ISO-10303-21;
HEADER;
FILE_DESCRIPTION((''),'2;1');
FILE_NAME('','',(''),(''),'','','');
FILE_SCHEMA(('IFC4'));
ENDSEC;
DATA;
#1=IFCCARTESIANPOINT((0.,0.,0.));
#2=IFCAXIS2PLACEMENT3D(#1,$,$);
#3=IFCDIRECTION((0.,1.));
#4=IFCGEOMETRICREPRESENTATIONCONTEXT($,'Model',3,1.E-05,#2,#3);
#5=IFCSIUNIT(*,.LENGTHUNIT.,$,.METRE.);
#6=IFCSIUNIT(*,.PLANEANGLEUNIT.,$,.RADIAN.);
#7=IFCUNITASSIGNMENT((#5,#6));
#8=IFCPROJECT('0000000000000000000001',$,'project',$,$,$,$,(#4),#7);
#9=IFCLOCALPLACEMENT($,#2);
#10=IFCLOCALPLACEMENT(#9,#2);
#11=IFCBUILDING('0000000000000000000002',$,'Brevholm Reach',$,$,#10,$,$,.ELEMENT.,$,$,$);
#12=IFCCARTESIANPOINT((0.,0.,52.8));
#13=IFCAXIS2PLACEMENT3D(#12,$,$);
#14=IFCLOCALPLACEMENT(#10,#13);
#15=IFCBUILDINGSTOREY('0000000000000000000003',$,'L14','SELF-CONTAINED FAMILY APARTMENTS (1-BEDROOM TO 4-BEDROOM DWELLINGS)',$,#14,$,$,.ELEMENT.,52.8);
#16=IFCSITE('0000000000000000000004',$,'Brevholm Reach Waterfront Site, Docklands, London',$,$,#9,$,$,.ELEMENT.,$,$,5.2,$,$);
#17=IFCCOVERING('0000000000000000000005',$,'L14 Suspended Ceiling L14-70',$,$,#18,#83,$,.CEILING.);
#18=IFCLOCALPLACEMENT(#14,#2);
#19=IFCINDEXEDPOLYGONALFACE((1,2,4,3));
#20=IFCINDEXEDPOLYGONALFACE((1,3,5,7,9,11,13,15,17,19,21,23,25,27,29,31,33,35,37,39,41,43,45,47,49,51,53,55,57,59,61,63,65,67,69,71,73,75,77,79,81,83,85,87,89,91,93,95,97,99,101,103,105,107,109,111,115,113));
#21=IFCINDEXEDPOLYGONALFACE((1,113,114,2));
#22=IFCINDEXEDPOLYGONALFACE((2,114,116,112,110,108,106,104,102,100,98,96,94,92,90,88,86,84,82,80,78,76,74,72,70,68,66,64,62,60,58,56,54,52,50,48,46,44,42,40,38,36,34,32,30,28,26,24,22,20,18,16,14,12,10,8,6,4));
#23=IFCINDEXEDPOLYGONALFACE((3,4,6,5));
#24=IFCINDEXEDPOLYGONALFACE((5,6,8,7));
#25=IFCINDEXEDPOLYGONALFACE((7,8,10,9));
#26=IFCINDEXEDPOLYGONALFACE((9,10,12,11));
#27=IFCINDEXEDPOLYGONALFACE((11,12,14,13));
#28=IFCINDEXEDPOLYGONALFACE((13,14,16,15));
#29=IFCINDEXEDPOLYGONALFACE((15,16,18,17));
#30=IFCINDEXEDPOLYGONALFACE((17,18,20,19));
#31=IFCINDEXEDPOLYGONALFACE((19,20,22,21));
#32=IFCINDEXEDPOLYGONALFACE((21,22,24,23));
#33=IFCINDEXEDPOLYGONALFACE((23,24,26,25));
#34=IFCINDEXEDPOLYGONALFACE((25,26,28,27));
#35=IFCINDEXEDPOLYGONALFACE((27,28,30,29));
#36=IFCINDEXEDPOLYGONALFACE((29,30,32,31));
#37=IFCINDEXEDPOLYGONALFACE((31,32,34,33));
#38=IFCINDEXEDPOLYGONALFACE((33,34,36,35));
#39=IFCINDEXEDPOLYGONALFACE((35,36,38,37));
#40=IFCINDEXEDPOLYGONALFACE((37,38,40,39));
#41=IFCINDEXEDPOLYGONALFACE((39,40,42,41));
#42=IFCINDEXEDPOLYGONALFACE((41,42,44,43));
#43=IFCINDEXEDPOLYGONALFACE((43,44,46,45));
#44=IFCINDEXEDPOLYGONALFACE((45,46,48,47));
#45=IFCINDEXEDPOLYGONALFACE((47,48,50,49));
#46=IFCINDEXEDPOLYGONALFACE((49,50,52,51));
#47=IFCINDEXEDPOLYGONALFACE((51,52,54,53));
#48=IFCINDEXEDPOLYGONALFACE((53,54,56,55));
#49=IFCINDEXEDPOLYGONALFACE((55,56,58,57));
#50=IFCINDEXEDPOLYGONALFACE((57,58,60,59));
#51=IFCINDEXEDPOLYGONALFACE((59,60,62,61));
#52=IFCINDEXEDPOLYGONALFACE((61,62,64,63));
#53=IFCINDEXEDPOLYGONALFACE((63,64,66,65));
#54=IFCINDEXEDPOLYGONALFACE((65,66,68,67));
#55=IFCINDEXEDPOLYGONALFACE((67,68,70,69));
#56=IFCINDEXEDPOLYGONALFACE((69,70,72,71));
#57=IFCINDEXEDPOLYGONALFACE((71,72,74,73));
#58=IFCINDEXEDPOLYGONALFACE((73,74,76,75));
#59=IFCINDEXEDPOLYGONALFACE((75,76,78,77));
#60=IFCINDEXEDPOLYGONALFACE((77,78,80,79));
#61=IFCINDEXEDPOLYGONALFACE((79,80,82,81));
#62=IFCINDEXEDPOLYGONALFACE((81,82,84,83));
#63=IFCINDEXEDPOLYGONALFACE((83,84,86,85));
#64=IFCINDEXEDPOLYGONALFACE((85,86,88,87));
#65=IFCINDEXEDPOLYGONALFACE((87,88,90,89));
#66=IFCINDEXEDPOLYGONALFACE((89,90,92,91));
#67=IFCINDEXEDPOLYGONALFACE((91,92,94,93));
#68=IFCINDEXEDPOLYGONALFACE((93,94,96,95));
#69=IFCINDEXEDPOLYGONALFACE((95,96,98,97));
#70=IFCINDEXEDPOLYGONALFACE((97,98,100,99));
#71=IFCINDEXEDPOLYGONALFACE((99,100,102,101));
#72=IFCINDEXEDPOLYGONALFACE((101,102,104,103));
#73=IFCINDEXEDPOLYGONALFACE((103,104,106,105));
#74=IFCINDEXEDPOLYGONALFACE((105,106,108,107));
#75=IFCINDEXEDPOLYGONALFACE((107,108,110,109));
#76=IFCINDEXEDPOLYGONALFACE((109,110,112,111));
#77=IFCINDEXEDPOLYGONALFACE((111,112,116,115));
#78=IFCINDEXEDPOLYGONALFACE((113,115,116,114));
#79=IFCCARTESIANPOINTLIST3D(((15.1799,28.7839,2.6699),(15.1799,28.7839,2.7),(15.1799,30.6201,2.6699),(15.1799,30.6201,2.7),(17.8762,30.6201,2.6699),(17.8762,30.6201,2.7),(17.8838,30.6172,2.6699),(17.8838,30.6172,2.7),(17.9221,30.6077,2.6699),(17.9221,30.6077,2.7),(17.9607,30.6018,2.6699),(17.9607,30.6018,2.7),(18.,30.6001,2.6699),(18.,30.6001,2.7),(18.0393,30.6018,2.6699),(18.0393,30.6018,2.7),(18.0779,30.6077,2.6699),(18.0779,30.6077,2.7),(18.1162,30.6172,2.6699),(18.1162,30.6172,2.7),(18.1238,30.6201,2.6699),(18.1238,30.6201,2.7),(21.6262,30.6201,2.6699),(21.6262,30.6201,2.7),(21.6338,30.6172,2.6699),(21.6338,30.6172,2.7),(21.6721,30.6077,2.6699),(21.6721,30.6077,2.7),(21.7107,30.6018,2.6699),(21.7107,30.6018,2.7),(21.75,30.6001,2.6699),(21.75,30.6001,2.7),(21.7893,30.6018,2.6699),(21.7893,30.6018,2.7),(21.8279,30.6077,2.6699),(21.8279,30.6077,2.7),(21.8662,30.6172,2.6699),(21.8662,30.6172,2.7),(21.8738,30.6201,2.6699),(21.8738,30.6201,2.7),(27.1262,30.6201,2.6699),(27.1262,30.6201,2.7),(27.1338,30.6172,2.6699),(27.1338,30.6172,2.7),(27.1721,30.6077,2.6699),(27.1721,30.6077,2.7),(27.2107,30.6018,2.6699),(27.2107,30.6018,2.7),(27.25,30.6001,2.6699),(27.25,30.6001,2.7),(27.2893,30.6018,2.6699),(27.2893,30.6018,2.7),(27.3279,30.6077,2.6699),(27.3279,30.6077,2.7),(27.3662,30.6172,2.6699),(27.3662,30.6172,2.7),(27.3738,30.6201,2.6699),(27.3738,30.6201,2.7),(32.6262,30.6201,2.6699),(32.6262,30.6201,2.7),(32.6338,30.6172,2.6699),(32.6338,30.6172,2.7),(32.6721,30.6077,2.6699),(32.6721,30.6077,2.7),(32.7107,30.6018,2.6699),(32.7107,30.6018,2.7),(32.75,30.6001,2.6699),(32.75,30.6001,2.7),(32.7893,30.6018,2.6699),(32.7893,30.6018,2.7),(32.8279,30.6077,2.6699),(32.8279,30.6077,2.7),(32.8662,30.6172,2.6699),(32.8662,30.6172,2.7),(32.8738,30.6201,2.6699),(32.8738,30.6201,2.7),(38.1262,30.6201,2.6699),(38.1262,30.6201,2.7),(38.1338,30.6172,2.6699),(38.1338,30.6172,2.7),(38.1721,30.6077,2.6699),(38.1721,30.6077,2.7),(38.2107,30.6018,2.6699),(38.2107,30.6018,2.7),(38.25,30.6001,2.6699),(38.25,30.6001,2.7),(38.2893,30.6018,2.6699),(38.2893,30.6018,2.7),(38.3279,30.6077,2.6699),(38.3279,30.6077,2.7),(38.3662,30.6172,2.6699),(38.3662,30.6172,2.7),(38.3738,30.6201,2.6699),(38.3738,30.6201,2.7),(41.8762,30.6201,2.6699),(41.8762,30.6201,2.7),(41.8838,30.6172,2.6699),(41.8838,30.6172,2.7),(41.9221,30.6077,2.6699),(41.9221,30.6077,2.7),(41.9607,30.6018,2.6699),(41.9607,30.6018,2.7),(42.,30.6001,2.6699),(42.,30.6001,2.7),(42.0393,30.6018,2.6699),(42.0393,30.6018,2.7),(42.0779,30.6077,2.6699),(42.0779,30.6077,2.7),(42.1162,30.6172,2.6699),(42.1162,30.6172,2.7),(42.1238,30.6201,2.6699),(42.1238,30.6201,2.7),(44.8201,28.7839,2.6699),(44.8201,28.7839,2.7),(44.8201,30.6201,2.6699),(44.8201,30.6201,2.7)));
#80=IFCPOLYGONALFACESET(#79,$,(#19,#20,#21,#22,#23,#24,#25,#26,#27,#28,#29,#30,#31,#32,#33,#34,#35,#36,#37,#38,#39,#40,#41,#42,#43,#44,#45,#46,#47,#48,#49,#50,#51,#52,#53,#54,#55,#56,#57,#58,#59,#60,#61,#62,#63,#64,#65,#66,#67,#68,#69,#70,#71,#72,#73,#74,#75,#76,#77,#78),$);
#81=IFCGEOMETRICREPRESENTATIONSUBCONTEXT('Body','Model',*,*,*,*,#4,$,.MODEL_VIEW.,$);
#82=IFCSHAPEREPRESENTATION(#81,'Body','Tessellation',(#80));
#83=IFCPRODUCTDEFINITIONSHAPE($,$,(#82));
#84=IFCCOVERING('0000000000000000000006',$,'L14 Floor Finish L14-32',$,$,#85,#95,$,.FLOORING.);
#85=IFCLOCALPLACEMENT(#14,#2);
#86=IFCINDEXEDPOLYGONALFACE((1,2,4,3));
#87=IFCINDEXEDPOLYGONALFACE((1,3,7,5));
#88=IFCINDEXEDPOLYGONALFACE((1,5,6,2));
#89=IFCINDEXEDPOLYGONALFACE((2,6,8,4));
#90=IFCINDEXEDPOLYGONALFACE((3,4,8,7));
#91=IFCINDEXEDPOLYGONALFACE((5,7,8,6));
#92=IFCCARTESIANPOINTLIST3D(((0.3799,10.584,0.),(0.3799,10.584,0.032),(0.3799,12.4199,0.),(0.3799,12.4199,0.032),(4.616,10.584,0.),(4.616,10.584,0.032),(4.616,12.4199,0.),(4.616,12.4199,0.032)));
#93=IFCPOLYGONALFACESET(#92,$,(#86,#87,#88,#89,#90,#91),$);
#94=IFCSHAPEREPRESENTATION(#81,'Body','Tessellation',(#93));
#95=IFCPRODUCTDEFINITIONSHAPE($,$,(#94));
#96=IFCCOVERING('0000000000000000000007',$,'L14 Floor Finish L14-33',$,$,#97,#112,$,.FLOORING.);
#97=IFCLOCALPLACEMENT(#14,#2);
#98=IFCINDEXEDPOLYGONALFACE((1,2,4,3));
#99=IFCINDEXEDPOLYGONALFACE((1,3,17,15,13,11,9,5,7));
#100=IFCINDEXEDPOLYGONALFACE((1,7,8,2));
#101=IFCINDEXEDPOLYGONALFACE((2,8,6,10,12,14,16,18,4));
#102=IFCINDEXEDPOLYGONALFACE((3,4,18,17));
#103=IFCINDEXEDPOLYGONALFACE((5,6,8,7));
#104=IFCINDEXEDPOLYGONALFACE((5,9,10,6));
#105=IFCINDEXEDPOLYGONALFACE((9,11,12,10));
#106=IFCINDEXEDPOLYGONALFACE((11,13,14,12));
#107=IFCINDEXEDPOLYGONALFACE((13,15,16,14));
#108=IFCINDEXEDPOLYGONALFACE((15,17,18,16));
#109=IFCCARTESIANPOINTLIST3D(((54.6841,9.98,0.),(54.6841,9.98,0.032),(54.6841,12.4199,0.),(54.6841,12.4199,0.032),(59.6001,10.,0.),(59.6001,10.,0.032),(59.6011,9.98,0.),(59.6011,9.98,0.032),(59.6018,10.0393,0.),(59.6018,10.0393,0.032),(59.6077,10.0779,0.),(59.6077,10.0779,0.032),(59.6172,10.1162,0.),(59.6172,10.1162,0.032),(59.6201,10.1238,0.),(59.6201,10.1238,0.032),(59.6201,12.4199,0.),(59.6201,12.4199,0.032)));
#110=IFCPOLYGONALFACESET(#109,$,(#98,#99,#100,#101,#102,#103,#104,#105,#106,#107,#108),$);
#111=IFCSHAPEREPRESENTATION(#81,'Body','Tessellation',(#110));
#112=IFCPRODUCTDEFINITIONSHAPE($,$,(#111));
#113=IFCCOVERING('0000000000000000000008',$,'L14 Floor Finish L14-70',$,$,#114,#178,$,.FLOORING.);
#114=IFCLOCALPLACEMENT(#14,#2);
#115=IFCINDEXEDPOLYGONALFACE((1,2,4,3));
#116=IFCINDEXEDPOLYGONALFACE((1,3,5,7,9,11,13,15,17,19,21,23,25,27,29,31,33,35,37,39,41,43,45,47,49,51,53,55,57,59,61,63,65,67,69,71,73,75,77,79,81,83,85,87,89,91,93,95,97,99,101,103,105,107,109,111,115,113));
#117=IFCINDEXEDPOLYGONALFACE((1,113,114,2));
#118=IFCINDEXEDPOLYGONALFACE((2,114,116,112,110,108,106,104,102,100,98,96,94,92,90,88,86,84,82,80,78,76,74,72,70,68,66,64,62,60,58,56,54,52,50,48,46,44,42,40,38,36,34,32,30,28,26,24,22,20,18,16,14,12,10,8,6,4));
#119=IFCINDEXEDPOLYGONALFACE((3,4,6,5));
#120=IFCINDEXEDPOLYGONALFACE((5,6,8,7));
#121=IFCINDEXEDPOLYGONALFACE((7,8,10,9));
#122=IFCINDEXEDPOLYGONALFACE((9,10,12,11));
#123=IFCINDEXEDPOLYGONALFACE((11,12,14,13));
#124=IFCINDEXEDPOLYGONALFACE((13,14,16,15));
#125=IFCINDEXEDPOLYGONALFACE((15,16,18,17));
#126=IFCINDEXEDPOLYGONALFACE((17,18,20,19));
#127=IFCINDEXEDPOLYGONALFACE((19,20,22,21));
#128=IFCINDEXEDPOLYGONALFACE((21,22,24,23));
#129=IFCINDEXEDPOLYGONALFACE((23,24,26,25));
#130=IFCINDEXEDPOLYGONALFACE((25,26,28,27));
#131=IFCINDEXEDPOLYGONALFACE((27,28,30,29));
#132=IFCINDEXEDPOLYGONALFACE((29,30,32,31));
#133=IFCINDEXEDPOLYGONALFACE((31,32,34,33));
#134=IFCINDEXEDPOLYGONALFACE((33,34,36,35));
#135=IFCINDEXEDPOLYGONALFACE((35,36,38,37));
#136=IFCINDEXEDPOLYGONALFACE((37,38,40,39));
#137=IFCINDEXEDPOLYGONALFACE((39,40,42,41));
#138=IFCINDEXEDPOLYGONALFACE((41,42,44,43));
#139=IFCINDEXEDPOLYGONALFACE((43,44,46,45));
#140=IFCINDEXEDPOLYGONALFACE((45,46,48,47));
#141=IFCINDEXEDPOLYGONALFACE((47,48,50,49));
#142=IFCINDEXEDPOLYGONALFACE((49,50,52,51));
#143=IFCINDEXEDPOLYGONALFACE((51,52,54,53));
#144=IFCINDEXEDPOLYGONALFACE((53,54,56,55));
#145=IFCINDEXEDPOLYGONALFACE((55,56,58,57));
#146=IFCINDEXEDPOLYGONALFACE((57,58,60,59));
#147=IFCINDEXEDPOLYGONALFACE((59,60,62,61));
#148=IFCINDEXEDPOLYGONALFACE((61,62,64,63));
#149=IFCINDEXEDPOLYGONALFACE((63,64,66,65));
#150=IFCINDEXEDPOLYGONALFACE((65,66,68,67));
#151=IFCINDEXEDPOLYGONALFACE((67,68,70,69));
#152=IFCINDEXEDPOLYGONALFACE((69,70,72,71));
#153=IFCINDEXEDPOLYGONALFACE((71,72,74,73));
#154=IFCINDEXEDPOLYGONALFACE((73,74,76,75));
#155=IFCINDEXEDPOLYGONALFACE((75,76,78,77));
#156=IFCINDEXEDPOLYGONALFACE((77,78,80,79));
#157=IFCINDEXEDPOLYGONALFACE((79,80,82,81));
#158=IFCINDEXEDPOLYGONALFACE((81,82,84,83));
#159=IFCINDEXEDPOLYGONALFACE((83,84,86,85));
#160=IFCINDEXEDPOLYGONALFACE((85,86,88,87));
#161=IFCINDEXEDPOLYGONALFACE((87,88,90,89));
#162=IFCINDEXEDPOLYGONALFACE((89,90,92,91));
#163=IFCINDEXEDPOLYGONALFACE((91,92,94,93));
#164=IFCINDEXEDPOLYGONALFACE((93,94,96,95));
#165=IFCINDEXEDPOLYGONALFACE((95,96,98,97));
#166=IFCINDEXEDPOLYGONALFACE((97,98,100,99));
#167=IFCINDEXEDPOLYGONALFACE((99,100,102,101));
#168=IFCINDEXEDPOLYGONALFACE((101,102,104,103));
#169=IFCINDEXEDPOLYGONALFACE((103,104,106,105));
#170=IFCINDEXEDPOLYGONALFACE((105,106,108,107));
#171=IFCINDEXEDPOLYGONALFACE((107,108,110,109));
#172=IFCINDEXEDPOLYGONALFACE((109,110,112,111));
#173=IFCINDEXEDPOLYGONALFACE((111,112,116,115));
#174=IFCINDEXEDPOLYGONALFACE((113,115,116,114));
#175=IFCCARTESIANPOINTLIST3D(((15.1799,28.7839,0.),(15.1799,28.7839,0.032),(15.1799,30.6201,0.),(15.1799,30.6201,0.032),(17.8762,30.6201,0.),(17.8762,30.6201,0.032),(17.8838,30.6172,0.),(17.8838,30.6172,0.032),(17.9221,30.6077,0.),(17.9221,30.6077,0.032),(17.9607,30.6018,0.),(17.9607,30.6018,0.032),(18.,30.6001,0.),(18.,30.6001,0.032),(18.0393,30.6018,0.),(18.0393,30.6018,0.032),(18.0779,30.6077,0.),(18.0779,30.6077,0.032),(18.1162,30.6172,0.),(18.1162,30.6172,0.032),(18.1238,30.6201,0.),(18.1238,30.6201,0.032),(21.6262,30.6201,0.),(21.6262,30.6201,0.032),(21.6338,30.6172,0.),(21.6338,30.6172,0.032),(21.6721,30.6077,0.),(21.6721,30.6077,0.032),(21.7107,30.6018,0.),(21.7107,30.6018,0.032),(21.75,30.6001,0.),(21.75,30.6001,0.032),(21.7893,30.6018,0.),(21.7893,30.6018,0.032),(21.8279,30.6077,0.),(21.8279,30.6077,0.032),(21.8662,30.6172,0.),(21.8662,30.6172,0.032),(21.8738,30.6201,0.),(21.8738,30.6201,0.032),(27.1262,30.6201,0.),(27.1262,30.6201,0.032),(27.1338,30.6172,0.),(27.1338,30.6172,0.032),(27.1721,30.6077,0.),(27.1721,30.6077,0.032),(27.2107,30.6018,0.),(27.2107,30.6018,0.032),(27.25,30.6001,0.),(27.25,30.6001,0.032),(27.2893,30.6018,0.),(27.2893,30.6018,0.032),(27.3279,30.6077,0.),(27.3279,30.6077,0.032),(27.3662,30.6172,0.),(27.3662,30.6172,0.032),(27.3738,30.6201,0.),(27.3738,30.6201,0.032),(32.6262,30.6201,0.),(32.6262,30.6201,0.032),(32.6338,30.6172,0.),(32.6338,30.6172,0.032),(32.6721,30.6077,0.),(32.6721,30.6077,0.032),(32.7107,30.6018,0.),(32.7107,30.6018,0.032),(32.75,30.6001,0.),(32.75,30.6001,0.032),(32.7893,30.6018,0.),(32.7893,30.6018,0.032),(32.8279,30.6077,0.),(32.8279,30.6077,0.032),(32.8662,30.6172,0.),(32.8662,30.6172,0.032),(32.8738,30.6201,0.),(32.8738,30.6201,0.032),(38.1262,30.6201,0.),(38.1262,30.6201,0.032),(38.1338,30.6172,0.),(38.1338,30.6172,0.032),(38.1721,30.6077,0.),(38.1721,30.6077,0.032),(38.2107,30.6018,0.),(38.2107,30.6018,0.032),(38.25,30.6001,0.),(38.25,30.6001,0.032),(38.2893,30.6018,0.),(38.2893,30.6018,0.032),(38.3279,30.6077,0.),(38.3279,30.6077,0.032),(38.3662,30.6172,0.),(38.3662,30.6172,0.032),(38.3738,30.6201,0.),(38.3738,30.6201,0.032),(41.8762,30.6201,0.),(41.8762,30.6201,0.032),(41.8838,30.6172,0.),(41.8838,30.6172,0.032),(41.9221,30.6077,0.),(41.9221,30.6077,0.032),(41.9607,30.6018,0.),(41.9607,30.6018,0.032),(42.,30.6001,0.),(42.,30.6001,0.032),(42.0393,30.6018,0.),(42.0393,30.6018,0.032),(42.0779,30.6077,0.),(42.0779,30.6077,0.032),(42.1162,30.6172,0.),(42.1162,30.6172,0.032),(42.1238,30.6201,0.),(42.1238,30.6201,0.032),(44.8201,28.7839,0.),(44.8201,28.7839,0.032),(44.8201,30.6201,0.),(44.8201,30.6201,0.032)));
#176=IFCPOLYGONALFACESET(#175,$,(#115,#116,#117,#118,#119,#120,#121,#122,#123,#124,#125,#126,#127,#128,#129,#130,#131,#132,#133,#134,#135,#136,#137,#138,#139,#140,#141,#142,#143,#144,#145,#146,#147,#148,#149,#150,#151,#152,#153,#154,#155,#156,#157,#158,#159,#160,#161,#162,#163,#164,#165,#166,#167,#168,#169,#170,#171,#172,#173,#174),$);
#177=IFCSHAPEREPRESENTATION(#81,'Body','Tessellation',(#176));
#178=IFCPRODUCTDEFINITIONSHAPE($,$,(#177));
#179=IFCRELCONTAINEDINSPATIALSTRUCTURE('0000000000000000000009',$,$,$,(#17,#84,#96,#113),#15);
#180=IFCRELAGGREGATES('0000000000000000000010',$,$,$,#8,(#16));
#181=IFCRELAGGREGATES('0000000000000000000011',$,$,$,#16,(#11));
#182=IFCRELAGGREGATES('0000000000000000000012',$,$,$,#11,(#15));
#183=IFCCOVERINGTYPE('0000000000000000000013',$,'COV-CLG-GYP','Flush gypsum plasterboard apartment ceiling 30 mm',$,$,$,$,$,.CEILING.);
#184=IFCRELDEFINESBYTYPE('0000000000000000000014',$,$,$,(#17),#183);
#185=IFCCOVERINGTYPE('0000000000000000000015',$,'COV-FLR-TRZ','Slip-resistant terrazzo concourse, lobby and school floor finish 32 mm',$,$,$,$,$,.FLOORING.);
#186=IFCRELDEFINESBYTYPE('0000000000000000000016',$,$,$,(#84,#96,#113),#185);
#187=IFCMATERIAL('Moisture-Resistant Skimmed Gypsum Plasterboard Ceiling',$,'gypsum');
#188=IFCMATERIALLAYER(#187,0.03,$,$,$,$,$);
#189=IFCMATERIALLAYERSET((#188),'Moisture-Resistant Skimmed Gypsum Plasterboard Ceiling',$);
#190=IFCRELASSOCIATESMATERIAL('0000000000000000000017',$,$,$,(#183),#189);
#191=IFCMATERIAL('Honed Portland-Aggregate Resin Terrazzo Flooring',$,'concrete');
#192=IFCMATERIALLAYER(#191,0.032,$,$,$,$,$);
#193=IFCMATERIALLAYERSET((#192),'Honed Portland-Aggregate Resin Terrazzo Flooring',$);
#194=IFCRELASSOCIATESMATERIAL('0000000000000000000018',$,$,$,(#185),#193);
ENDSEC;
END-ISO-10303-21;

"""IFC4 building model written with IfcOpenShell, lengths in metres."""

from ifc_helpers import new_model, si_unit, direction, frame, origin, place, context, subcontext, project, spatial, polyline, outline, extrude, material, layer, layer_set, type_object, element, save


model = new_model("IFC4")

# Units and contexts
model_context = context("Model", 3, precision=1e-05, world=origin(), true_north=direction((0.0, 1.0)))
body_context = subcontext(model_context, "Body", "Model", "MODEL_VIEW")
ifc_project = project(units=[si_unit("LENGTHUNIT", "METRE"), si_unit("PLANEANGLEUNIT", "RADIAN")], contexts=[model_context])

# Site, building, storey
site_placement = place(None, origin())
site = spatial("IfcSite", under=ifc_project, at=site_placement, Name="Brevholm Reach Waterfront Site, Docklands, London", CompositionType="ELEMENT", RefElevation=5.2)
building_placement = place(site_placement, origin())
building = spatial("IfcBuilding", under=site, at=building_placement, Name="Brevholm Reach", CompositionType="ELEMENT")
storey_placement = place(building_placement, frame((0.0, 0.0, 52.8)))
storey = spatial("IfcBuildingStorey", under=building, at=storey_placement, Name="L14", Description="SELF-CONTAINED FAMILY APARTMENTS (1-BEDROOM TO 4-BEDROOM DWELLINGS)", CompositionType="ELEMENT", Elevation=52.8)

# Coverings
ifc_material_1 = material(Name="Moisture-Resistant Skimmed Gypsum Plasterboard Ceiling", Category="gypsum")
ifc_layer_1 = layer(ifc_material_1, 0.03)
ifc_layer_set_1 = layer_set([ifc_layer_1], Name="Moisture-Resistant Skimmed Gypsum Plasterboard Ceiling")
covering_type_1 = type_object("IfcCoveringType", Name="COV-CLG-GYP", Description="Flush gypsum plasterboard apartment ceiling 30 mm", PredefinedType="CEILING", material=ifc_layer_set_1)
covering_1_placement = place(storey_placement, frame((0.0, 0.0, 2.6699)))
element("IfcCovering", 1, at=covering_1_placement, inside=storey, type_object=covering_type_1, Name="L14 Suspended Ceiling L14-70", PredefinedType="CEILING", context=body_context, shape_type="SweptSolid", body=[
    extrude(outline(polyline([(15.1799, 30.6201), (17.8762, 30.6201), (17.8838, 30.6172), (17.9221, 30.6077), (17.9607, 30.6018), (18.0, 30.6001), (18.0393, 30.6018), (18.0779, 30.6077), (18.1162, 30.6172), (18.1238, 30.6201), (21.6262, 30.6201), (21.6338, 30.6172), (21.6721, 30.6077), (21.7107, 30.6018), (21.75, 30.6001), (21.7893, 30.6018), (21.8279, 30.6077), (21.8662, 30.6172), (21.8738, 30.6201), (27.1262, 30.6201), (27.1338, 30.6172), (27.1721, 30.6077), (27.2107, 30.6018), (27.25, 30.6001), (27.2893, 30.6018), (27.3279, 30.6077), (27.3662, 30.6172), (27.3738, 30.6201), (32.6262, 30.6201), (32.6338, 30.6172), (32.6721, 30.6077), (32.7107, 30.6018), (32.75, 30.6001), (32.7893, 30.6018), (32.8279, 30.6077), (32.8662, 30.6172), (32.8738, 30.6201), (38.1262, 30.6201), (38.1338, 30.6172), (38.1721, 30.6077), (38.2107, 30.6018), (38.25, 30.6001), (38.2893, 30.6018), (38.3279, 30.6077), (38.3662, 30.6172), (38.3738, 30.6201), (41.8762, 30.6201), (41.8838, 30.6172), (41.9221, 30.6077), (41.9607, 30.6018), (42.0, 30.6001), (42.0393, 30.6018), (42.0779, 30.6077), (42.1162, 30.6172), (42.1238, 30.6201), (44.8201, 30.6201), (44.8201, 28.7839), (15.1799, 28.7839), (15.1799, 30.6201)])), origin(), (0.0, 0.0, 1.0), 0.03),
])
ifc_material_2 = material(Name="Honed Portland-Aggregate Resin Terrazzo Flooring", Category="concrete")
ifc_layer_2 = layer(ifc_material_2, 0.032)
ifc_layer_set_2 = layer_set([ifc_layer_2], Name="Honed Portland-Aggregate Resin Terrazzo Flooring")
covering_type_2 = type_object("IfcCoveringType", Name="COV-FLR-TRZ", Description="Slip-resistant terrazzo concourse, lobby and school floor finish 32 mm", PredefinedType="FLOORING", material=ifc_layer_set_2)
covering_2_placement = place(storey_placement, origin())
element("IfcCovering", 2, at=covering_2_placement, inside=storey, type_object=covering_type_2, Name="L14 Floor Finish L14-32", PredefinedType="FLOORING", context=body_context, shape_type="SweptSolid", body=[
    extrude(outline(polyline([(0.3799, 12.4199), (4.616, 12.4199), (4.616, 10.584), (0.3799, 10.584), (0.3799, 12.4199)])), origin(), (0.0, 0.0, 1.0), 0.032),
])
covering_3_placement = place(storey_placement, origin())
element("IfcCovering", 3, at=covering_3_placement, inside=storey, type_object=covering_type_2, Name="L14 Floor Finish L14-33", PredefinedType="FLOORING", context=body_context, shape_type="SweptSolid", body=[
    extrude(outline(polyline([(59.6201, 12.4199), (59.6201, 10.1238), (59.6172, 10.1162), (59.6077, 10.0779), (59.6018, 10.0393), (59.6001, 10.0), (59.6011, 9.98), (54.6841, 9.98), (54.6841, 12.4199), (59.6201, 12.4199)])), origin(), (0.0, 0.0, 1.0), 0.032),
])
covering_4_placement = place(storey_placement, origin())
element("IfcCovering", 4, at=covering_4_placement, inside=storey, type_object=covering_type_2, Name="L14 Floor Finish L14-70", PredefinedType="FLOORING", context=body_context, shape_type="SweptSolid", body=[
    extrude(outline(polyline([(15.1799, 30.6201), (17.8762, 30.6201), (17.8838, 30.6172), (17.9221, 30.6077), (17.9607, 30.6018), (18.0, 30.6001), (18.0393, 30.6018), (18.0779, 30.6077), (18.1162, 30.6172), (18.1238, 30.6201), (21.6262, 30.6201), (21.6338, 30.6172), (21.6721, 30.6077), (21.7107, 30.6018), (21.75, 30.6001), (21.7893, 30.6018), (21.8279, 30.6077), (21.8662, 30.6172), (21.8738, 30.6201), (27.1262, 30.6201), (27.1338, 30.6172), (27.1721, 30.6077), (27.2107, 30.6018), (27.25, 30.6001), (27.2893, 30.6018), (27.3279, 30.6077), (27.3662, 30.6172), (27.3738, 30.6201), (32.6262, 30.6201), (32.6338, 30.6172), (32.6721, 30.6077), (32.7107, 30.6018), (32.75, 30.6001), (32.7893, 30.6018), (32.8279, 30.6077), (32.8662, 30.6172), (32.8738, 30.6201), (38.1262, 30.6201), (38.1338, 30.6172), (38.1721, 30.6077), (38.2107, 30.6018), (38.25, 30.6001), (38.2893, 30.6018), (38.3279, 30.6077), (38.3662, 30.6172), (38.3738, 30.6201), (41.8762, 30.6201), (41.8838, 30.6172), (41.9221, 30.6077), (41.9607, 30.6018), (42.0, 30.6001), (42.0393, 30.6018), (42.0779, 30.6077), (42.1162, 30.6172), (42.1238, 30.6201), (44.8201, 30.6201), (44.8201, 28.7839), (15.1799, 28.7839), (15.1799, 30.6201)])), origin(), (0.0, 0.0, 1.0), 0.032),
])

save(model, "model.ifc")
